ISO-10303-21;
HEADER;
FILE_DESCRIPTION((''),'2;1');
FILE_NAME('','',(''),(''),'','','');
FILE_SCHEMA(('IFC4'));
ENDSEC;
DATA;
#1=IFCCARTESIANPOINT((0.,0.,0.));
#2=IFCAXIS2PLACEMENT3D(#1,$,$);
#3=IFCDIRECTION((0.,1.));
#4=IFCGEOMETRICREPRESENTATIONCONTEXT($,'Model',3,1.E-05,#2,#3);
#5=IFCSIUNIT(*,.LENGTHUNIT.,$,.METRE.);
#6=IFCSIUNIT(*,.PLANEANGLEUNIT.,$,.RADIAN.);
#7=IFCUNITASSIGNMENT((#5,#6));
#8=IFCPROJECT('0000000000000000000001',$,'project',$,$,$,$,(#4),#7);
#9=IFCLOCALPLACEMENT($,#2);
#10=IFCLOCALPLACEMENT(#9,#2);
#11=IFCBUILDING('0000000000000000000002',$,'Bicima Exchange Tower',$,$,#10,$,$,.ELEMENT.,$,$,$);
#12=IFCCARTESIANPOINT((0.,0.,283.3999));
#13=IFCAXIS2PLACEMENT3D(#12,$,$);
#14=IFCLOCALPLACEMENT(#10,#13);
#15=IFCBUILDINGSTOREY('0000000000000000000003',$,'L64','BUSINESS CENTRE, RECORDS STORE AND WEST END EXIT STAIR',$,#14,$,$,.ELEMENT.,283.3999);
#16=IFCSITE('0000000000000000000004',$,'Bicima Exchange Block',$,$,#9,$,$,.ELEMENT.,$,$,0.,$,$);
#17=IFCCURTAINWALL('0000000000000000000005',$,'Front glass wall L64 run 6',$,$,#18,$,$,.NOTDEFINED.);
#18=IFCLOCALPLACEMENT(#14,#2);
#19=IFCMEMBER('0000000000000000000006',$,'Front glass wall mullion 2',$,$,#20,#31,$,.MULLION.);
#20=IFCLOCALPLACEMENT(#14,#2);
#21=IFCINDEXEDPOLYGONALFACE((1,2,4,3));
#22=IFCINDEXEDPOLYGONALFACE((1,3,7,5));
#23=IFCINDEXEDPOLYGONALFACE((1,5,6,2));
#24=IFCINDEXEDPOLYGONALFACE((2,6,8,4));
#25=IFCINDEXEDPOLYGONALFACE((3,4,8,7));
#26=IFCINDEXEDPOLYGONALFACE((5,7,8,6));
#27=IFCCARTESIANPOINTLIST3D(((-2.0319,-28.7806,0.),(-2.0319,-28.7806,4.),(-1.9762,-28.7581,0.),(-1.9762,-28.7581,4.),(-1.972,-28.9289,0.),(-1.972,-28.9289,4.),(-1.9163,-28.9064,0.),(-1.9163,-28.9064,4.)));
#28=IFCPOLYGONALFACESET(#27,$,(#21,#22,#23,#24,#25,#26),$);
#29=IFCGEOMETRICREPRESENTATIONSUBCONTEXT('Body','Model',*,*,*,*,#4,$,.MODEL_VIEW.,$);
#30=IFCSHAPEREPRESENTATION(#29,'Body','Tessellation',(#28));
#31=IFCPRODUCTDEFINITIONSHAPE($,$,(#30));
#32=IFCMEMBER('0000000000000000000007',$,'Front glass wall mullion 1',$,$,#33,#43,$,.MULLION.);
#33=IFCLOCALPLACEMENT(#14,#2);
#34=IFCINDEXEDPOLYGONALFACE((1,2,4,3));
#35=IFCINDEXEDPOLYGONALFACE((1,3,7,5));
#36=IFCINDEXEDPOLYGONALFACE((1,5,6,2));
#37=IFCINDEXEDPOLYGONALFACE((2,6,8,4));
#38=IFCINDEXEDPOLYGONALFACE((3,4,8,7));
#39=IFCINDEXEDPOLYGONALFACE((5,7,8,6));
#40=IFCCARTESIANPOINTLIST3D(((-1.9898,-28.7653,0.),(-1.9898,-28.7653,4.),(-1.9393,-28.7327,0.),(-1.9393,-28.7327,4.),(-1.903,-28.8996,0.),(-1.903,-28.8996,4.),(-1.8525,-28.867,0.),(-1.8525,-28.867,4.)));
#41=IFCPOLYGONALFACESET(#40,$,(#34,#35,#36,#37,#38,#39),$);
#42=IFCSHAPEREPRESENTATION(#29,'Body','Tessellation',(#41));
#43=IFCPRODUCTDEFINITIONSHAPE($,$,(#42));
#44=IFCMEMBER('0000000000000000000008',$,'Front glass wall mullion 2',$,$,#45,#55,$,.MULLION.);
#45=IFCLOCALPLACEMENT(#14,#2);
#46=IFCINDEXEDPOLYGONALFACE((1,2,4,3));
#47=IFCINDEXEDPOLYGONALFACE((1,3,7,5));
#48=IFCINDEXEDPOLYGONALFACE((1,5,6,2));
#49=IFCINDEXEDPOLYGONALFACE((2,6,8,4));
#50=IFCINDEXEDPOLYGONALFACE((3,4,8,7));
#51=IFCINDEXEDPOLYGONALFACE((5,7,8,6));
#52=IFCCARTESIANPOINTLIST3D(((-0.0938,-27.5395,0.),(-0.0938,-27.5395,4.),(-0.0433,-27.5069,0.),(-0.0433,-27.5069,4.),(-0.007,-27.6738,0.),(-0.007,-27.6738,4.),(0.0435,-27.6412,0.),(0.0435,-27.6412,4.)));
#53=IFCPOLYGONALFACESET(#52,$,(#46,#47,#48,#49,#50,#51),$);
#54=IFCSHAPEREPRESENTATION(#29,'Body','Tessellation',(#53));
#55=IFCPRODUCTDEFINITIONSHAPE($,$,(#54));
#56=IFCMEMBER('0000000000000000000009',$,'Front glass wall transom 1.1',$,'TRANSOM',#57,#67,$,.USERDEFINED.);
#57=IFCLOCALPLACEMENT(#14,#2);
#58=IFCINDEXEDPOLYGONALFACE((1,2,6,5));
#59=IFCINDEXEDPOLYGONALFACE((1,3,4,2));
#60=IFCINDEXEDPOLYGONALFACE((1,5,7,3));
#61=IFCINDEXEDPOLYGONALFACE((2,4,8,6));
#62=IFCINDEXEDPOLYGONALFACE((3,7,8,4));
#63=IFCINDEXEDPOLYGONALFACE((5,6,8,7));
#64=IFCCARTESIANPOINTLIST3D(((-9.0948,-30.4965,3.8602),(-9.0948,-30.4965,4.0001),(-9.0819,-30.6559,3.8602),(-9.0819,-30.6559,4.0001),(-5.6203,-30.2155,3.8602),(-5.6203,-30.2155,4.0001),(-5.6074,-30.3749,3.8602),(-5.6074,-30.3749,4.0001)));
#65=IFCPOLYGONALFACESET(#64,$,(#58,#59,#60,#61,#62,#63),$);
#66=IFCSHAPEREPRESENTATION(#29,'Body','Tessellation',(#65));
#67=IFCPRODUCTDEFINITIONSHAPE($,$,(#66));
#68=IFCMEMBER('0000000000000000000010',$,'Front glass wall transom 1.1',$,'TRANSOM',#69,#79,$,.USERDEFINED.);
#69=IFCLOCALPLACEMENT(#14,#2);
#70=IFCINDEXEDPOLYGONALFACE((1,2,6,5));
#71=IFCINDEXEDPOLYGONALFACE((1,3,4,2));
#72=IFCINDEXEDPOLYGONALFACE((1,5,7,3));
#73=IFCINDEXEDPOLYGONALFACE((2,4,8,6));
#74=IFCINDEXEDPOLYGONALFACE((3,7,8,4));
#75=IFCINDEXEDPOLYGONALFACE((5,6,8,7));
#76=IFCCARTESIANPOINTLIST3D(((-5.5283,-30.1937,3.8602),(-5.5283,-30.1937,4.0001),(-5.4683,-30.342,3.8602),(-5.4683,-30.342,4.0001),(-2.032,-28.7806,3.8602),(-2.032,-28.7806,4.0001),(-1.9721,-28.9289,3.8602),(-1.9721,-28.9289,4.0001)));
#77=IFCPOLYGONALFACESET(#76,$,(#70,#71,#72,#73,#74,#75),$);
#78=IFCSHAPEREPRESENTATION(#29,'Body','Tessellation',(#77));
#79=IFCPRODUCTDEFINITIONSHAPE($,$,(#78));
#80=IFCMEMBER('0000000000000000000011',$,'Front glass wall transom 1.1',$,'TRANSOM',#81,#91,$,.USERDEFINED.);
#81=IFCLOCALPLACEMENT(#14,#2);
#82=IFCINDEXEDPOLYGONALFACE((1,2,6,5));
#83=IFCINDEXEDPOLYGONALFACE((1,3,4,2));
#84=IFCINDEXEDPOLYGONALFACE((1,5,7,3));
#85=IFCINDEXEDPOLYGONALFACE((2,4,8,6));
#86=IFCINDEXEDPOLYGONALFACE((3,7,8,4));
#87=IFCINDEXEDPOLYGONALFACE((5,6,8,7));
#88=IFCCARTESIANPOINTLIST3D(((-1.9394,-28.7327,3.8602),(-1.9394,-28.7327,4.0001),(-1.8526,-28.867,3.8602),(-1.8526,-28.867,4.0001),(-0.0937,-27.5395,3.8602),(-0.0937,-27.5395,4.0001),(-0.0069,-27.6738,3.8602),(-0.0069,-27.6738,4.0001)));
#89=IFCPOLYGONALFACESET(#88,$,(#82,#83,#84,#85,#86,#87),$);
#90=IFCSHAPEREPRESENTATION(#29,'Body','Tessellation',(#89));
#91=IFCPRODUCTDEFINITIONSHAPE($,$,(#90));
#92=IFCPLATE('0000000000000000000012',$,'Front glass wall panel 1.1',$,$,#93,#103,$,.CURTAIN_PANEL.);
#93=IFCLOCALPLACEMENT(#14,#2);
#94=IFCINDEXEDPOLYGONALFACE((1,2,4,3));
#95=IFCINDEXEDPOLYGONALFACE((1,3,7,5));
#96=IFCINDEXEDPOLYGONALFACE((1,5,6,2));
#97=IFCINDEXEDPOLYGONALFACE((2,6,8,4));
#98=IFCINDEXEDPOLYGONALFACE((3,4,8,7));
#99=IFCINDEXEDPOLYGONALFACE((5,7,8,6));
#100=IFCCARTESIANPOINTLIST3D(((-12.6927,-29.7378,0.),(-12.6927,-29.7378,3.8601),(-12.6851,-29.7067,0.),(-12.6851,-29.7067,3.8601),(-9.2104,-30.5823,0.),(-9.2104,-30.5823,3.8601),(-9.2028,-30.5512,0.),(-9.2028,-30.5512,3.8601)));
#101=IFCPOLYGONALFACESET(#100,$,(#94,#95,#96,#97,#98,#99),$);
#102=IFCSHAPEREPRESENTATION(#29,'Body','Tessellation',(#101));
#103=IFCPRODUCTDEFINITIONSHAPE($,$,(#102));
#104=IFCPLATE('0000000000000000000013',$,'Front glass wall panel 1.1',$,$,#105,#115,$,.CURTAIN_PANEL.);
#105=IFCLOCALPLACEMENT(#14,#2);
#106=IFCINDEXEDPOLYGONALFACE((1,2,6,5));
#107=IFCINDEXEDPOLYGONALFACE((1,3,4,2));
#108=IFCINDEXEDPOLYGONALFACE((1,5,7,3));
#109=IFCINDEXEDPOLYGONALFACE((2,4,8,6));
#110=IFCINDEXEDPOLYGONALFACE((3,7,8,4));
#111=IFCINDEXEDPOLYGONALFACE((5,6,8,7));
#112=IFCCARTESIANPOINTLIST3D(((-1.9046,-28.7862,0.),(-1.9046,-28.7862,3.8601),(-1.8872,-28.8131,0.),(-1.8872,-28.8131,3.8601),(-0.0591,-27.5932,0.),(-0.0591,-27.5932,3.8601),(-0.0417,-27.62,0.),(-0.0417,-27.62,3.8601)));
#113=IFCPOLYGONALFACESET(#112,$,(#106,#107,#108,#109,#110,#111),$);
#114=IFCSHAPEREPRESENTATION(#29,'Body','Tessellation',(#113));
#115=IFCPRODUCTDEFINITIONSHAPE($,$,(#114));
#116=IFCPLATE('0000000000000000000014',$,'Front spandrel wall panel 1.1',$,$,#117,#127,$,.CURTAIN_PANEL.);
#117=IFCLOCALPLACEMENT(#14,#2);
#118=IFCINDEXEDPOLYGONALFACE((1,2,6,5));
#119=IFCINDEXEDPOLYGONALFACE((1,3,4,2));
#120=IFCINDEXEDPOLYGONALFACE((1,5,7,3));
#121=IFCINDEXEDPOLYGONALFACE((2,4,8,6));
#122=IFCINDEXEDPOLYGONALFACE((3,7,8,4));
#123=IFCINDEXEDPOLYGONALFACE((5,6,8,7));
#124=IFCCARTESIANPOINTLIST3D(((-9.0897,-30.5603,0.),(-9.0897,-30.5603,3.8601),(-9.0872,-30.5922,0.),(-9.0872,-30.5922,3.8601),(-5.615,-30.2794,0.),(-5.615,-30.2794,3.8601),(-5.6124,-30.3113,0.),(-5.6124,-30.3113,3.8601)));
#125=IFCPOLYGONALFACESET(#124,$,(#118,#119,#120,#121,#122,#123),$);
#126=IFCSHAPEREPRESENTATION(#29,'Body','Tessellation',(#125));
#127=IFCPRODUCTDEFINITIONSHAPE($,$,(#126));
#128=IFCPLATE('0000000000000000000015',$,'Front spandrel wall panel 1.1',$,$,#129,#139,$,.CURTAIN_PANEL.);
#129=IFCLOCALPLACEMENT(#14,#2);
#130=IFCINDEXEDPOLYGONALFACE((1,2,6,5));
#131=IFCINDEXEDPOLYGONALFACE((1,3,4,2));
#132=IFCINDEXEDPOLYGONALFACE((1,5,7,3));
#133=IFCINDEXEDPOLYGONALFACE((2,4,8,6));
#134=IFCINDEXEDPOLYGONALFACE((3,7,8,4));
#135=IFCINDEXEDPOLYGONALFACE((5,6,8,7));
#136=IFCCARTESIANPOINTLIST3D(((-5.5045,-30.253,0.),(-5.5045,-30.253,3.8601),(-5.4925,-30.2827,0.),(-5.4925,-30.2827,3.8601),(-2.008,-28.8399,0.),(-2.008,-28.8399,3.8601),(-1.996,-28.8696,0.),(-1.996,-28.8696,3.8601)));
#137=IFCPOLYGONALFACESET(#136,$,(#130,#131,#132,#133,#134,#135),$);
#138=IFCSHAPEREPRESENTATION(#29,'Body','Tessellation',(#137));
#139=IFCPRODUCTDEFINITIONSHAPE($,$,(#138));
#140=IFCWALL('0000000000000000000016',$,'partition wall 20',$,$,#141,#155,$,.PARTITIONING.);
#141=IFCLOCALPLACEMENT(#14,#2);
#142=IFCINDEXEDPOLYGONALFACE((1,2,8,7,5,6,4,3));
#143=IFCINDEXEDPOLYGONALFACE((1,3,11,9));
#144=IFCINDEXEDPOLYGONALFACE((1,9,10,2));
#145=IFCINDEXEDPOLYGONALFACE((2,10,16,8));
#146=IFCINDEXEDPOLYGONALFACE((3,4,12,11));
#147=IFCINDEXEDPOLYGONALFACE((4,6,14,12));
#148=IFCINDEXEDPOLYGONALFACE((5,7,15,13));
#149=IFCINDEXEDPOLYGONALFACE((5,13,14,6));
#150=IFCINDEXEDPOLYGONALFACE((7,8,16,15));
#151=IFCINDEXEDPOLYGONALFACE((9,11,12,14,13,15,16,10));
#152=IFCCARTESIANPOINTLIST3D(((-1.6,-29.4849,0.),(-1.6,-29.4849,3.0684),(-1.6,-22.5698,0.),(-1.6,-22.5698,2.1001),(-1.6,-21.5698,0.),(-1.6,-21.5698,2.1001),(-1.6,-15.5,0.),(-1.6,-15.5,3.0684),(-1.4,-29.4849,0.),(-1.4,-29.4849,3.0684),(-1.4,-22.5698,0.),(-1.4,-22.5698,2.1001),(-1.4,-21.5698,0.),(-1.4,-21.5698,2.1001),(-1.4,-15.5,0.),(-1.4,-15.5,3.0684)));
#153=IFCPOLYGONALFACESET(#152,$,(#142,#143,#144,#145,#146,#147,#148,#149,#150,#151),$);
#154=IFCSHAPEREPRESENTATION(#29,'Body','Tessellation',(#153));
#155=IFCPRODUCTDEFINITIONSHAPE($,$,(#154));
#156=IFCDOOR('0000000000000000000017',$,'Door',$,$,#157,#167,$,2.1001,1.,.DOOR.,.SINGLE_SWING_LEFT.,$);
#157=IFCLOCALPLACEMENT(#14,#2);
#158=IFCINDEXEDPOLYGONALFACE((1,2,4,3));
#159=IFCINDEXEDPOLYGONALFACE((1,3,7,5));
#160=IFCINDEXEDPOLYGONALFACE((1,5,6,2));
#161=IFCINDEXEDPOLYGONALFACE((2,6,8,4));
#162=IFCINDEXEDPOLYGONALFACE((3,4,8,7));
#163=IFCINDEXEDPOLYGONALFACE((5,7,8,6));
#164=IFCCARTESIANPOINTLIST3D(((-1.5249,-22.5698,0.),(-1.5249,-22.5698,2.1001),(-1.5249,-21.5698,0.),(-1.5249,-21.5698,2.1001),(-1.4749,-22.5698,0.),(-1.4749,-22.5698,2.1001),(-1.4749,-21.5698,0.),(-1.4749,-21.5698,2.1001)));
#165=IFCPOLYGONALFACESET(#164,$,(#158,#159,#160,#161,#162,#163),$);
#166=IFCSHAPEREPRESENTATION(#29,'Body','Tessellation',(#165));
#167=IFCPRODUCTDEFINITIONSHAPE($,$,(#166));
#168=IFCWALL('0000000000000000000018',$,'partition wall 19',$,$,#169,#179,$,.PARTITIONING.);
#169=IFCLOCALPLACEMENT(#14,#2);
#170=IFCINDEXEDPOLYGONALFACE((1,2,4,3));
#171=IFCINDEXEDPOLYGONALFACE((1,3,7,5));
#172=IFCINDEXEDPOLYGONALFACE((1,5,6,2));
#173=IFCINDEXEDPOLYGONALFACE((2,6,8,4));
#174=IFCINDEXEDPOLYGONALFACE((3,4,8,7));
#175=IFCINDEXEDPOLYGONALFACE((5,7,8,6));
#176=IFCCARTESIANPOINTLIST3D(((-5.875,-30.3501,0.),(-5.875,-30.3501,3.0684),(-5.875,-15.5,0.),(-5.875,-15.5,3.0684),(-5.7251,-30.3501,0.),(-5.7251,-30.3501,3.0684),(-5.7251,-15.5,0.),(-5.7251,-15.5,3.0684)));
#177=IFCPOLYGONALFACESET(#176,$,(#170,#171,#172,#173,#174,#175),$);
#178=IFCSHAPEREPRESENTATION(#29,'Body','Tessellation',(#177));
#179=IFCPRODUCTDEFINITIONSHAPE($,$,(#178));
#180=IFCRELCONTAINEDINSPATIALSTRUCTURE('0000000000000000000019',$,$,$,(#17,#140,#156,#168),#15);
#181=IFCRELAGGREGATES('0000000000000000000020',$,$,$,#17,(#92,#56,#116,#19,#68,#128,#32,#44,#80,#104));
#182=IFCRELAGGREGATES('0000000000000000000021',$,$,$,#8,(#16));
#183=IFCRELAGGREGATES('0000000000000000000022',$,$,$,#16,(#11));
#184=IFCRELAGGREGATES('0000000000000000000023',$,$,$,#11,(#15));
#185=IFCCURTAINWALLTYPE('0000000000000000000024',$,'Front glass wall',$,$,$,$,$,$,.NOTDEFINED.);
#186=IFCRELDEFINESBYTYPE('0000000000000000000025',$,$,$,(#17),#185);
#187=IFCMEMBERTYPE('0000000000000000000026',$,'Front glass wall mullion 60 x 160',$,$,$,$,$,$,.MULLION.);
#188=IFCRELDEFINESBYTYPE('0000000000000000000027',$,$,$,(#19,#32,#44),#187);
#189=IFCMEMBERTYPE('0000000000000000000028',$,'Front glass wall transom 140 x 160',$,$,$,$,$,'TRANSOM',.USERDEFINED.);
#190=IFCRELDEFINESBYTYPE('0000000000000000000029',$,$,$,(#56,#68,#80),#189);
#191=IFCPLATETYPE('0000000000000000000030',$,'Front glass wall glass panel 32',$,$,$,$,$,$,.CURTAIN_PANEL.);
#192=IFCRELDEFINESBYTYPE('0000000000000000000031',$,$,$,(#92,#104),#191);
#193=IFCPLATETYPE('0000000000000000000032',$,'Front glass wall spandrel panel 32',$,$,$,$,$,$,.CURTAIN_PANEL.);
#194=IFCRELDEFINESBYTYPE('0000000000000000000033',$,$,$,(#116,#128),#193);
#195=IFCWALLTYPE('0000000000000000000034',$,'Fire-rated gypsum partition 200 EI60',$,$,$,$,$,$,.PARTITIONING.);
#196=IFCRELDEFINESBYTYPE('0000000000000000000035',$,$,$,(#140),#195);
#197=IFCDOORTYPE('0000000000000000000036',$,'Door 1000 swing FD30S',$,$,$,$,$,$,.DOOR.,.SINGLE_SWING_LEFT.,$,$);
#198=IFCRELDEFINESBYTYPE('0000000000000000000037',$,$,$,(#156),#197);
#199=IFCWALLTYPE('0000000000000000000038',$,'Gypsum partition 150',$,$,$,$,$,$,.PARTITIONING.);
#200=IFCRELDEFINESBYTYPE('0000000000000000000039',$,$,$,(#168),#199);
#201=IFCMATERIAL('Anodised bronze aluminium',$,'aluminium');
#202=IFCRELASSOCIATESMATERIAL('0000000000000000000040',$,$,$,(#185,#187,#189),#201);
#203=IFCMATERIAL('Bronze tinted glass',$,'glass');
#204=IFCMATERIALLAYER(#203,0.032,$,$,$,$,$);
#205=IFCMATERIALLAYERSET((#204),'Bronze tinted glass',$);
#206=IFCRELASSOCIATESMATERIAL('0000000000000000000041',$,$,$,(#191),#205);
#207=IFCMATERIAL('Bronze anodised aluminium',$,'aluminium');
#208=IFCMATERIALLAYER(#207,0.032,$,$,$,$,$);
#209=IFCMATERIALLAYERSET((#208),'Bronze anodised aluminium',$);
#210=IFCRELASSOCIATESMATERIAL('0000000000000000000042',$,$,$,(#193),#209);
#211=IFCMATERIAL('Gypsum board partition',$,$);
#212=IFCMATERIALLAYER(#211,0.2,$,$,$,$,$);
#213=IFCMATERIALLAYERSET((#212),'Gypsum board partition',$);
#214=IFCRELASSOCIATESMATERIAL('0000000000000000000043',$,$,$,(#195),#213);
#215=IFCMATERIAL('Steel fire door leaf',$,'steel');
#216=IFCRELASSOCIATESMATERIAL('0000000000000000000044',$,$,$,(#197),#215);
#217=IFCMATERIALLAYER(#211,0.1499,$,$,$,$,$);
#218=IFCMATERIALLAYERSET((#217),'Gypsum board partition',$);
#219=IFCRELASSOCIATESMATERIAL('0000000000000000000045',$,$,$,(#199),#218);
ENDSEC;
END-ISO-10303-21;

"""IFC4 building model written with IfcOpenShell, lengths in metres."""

from ifc_helpers import new_model, si_unit, direction, frame, frame_2d, origin, origin_2d, place, context, subcontext, project, spatial, rectangle, extrude, material, layer, layer_set, material_profile, profile_set, type_object, element, fill, aggregate, save


model = new_model("IFC4")

# Units and contexts
model_context = context("Model", 3, precision=1e-05, world=origin(), true_north=direction((0.0, 1.0)))
body_context = subcontext(model_context, "Body", "Model", "MODEL_VIEW")
ifc_project = project(units=[si_unit("LENGTHUNIT", "METRE"), si_unit("PLANEANGLEUNIT", "RADIAN")], contexts=[model_context])

# Site, building, storey
site_placement = place(None, origin())
site = spatial("IfcSite", under=ifc_project, at=site_placement, Name="Bicima Exchange Block", CompositionType="ELEMENT", RefElevation=0.0)
building_placement = place(site_placement, origin())
building = spatial("IfcBuilding", under=site, at=building_placement, Name="Bicima Exchange Tower", CompositionType="ELEMENT")
storey_placement = place(building_placement, frame((0.0, 0.0, 283.3999)))
storey = spatial("IfcBuildingStorey", under=building, at=storey_placement, Name="L64", Description="BUSINESS CENTRE, RECORDS STORE AND WEST END EXIT STAIR", CompositionType="ELEMENT", Elevation=283.3999)

# Curtain wall, members, plates
ifc_material_1 = material(Name="Anodised bronze aluminium", Category="aluminium")
curtain_wall_type = type_object("IfcCurtainWallType", Name="Front glass wall", PredefinedType="NOTDEFINED", material=ifc_material_1)
curtain_wall_placement = place(storey_placement, origin())
curtain_wall = element("IfcCurtainWall", 1, at=curtain_wall_placement, inside=storey, type_object=curtain_wall_type, Name="Front glass wall L64 run 6", PredefinedType="NOTDEFINED")
ifc_material_profile_1 = material_profile(ifc_material_1, rectangle(XDim=0.1599, YDim=0.0601, at=origin_2d()))
ifc_profile_set_1 = profile_set([ifc_material_profile_1], Name="Anodised bronze aluminium")
member_type_1 = type_object("IfcMemberType", Name="Front glass wall mullion 60 x 160", PredefinedType="MULLION", material=ifc_profile_set_1)
member_1_placement = place(storey_placement, frame((-1.9741, -28.8435, 0.0), z_axis=(0.0, 0.0, 1.0), x_axis=(-0.374705, 0.927144, 0.0)))
member_1 = element("IfcMember", 2, at=member_1_placement, type_object=member_type_1, Name="Front glass wall mullion 2", PredefinedType="MULLION", context=body_context, shape_type="SweptSolid", body=[
    extrude(rectangle(XDim=0.1599, YDim=0.0601, at=origin_2d()), origin(), (0.0, 0.0, 1.0), 4.0),
])
member_2_placement = place(storey_placement, frame((-1.9211, -28.8162, 0.0), z_axis=(0.0, 0.0, 1.0), x_axis=(-0.542897, 0.839799, 0.0)))
member_2 = element("IfcMember", 3, at=member_2_placement, type_object=member_type_1, Name="Front glass wall mullion 1", PredefinedType="MULLION", context=body_context, shape_type="SweptSolid", body=[
    extrude(rectangle(XDim=0.1599, YDim=0.0601, at=origin_2d()), origin(), (0.0, 0.0, 1.0), 4.0),
])
member_3_placement = place(storey_placement, frame((-0.0251, -27.5903, 0.0), z_axis=(0.0, 0.0, 1.0), x_axis=(-0.542897, 0.839799, 0.0)))
member_3 = element("IfcMember", 4, at=member_3_placement, type_object=member_type_1, Name="Front glass wall mullion 2", PredefinedType="MULLION", context=body_context, shape_type="SweptSolid", body=[
    extrude(rectangle(XDim=0.1599, YDim=0.0601, at=origin_2d()), origin(), (0.0, 0.0, 1.0), 4.0),
])
ifc_material_profile_2 = material_profile(ifc_material_1, rectangle(XDim=0.1599, YDim=0.1399, at=origin_2d()))
ifc_profile_set_2 = profile_set([ifc_material_profile_2], Name="Anodised bronze aluminium")
member_type_2 = type_object("IfcMemberType", Name="Front glass wall transom 140 x 160", ElementType="TRANSOM", PredefinedType="USERDEFINED", material=ifc_profile_set_2)
member_4_placement = place(storey_placement, frame((-9.0884, -30.5762, 3.9302), z_axis=(0.996746, 0.080611, 0.0), x_axis=(-0.080611, 0.996746, 0.0)))
member_4 = element("IfcMember", 5, at=member_4_placement, type_object=member_type_2, Name="Front glass wall transom 1.1", ObjectType="TRANSOM", PredefinedType="USERDEFINED", context=body_context, shape_type="SweptSolid", body=[
    extrude(rectangle(XDim=0.1599, YDim=0.1399, at=origin_2d()), origin(), (0.0, 0.0, 1.0), 3.4858),
])
member_5_placement = place(storey_placement, frame((-5.4983, -30.2678, 3.9302), z_axis=(0.92714, 0.374715, 0.0), x_axis=(-0.374715, 0.92714, 0.0)))
member_5 = element("IfcMember", 6, at=member_5_placement, type_object=member_type_2, Name="Front glass wall transom 1.1", ObjectType="TRANSOM", PredefinedType="USERDEFINED", context=body_context, shape_type="SweptSolid", body=[
    extrude(rectangle(XDim=0.1599, YDim=0.1399, at=origin_2d()), origin(), (0.0, 0.0, 1.0), 3.771),
])
member_6_placement = place(storey_placement, frame((-1.896, -28.7998, 3.9302), z_axis=(0.839811, 0.542878, 0.0), x_axis=(-0.542878, 0.839811, 0.0)))
member_6 = element("IfcMember", 7, at=member_6_placement, type_object=member_type_2, Name="Front glass wall transom 1.1", ObjectType="TRANSOM", PredefinedType="USERDEFINED", context=body_context, shape_type="SweptSolid", body=[
    extrude(rectangle(XDim=0.1599, YDim=0.1399, at=origin_2d()), origin(), (0.0, 0.0, 1.0), 2.1978),
])
ifc_material_2 = material(Name="Bronze tinted glass", Category="glass")
ifc_layer_1 = layer(ifc_material_2, 0.032)
ifc_layer_set_1 = layer_set([ifc_layer_1], Name="Bronze tinted glass")
plate_type_1 = type_object("IfcPlateType", Name="Front glass wall glass panel 32", PredefinedType="CURTAIN_PANEL", material=ifc_layer_set_1)
plate_1_placement = place(storey_placement, frame((-10.9478, -30.1445, 0.0), z_axis=(0.0, 0.0, 1.0), x_axis=(0.97183, -0.235682, 0.0)))
plate_1 = element("IfcPlate", 8, at=plate_1_placement, type_object=plate_type_1, Name="Front glass wall panel 1.1", PredefinedType="CURTAIN_PANEL", context=body_context, shape_type="SweptSolid", body=[
    extrude(rectangle(XDim=3.5833, YDim=0.032, at=origin_2d()), origin(), (0.0, 0.0, 1.0), 3.8601),
])
plate_2_placement = place(storey_placement, frame((-0.9731, -28.2031, 0.0), z_axis=(0.0, 0.0, 1.0), x_axis=(0.839799, 0.542897, 0.0)))
plate_2 = element("IfcPlate", 9, at=plate_2_placement, type_object=plate_type_1, Name="Front glass wall panel 1.1", PredefinedType="CURTAIN_PANEL", context=body_context, shape_type="SweptSolid", body=[
    extrude(rectangle(XDim=2.1975, YDim=0.032, at=origin_2d()), origin(), (0.0, 0.0, 1.0), 3.8601),
])
ifc_material_3 = material(Name="Bronze anodised aluminium", Category="aluminium")
ifc_layer_2 = layer(ifc_material_3, 0.032)
ifc_layer_set_2 = layer_set([ifc_layer_2], Name="Bronze anodised aluminium")
plate_type_2 = type_object("IfcPlateType", Name="Front glass wall spandrel panel 32", PredefinedType="CURTAIN_PANEL", material=ifc_layer_set_2)
plate_3_placement = place(storey_placement, frame((-7.3511, -30.4358, 0.0), z_axis=(0.0, 0.0, 1.0), x_axis=(0.996747, 0.080589, 0.0)))
plate_3 = element("IfcPlate", 10, at=plate_3_placement, type_object=plate_type_2, Name="Front spandrel wall panel 1.1", PredefinedType="CURTAIN_PANEL", context=body_context, shape_type="SweptSolid", body=[
    extrude(rectangle(XDim=3.4861, YDim=0.032, at=origin_2d()), origin(), (0.0, 0.0, 1.0), 3.8601),
])
plate_4_placement = place(storey_placement, frame((-3.7502, -29.5613, 0.0), z_axis=(0.0, 0.0, 1.0), x_axis=(0.927144, 0.374705, 0.0)))
plate_4 = element("IfcPlate", 11, at=plate_4_placement, type_object=plate_type_2, Name="Front spandrel wall panel 1.1", PredefinedType="CURTAIN_PANEL", context=body_context, shape_type="SweptSolid", body=[
    extrude(rectangle(XDim=3.7712, YDim=0.032, at=origin_2d()), origin(), (0.0, 0.0, 1.0), 3.8601),
])
aggregate(curtain_wall, [plate_1, member_4, plate_3, member_1, member_5, plate_4, member_2, member_3, member_6, plate_2])

# Wall, opening, door
ifc_material_4 = material(Name="Gypsum board partition")
ifc_layer_3 = layer(ifc_material_4, 0.2)
ifc_layer_set_3 = layer_set([ifc_layer_3], Name="Gypsum board partition")
wall_type_1 = type_object("IfcWallType", Name="Fire-rated gypsum partition 200 EI60", PredefinedType="PARTITIONING", material=ifc_layer_set_3)
wall_1_placement = place(storey_placement, frame((-1.5, -29.4849, 0.0), z_axis=(0.0, 0.0, 1.0), x_axis=(0.0, 1.0, 0.0)))
wall_1 = element("IfcWall", 12, at=wall_1_placement, inside=storey, type_object=wall_type_1, Name="partition wall 20", PredefinedType="PARTITIONING", context=body_context, shape_type="SweptSolid", body=[
    extrude(rectangle(XDim=13.9849, YDim=0.2, at=frame_2d((6.9924, 0.0))), origin(), (0.0, 0.0, 1.0), 3.0684),
])
opening_placement = place(wall_1_placement, frame((6.915, 0.0, 0.0)))
opening = element("IfcOpeningElement", 13, at=opening_placement, cuts=wall_1, PredefinedType="OPENING", context=body_context, shape_type="SweptSolid", body=[
    extrude(rectangle(XDim=1.0, YDim=2.1001, at=frame_2d((0.5, 1.05))), frame((0.0, 0.1118, 0.0), z_axis=(0.0, -1.0, 0.0), x_axis=(1.0, 0.0, 0.0)), (0.0, 0.0, 1.0), 0.2239),
])
ifc_material_5 = material(Name="Steel fire door leaf", Category="steel")
door_type = type_object("IfcDoorType", Name="Door 1000 swing FD30S", OperationType="SINGLE_SWING_LEFT", PredefinedType="DOOR", material=ifc_material_5)
door_placement = place(opening_placement, origin())
door = element("IfcDoor", 14, at=door_placement, inside=storey, type_object=door_type, Name="Door", OperationType="SINGLE_SWING_LEFT", OverallHeight=2.1001, OverallWidth=1.0, PredefinedType="DOOR", context=body_context, shape_type="SweptSolid", body=[
    extrude(rectangle(XDim=1.0, YDim=2.1001, at=frame_2d((0.5, 1.05))), frame((0.0, 0.0249, 0.0), z_axis=(0.0, -1.0, 0.0), x_axis=(1.0, 0.0, 0.0)), (0.0, 0.0, 1.0), 0.05),
])
fill(opening, door)

# Wall
ifc_layer_4 = layer(ifc_material_4, 0.1499)
ifc_layer_set_4 = layer_set([ifc_layer_4], Name="Gypsum board partition")
wall_type_2 = type_object("IfcWallType", Name="Gypsum partition 150", PredefinedType="PARTITIONING", material=ifc_layer_set_4)
wall_2_placement = place(storey_placement, frame((-5.8, -30.3501, 0.0), z_axis=(0.0, 0.0, 1.0), x_axis=(0.0, 1.0, 0.0)))
element("IfcWall", 15, at=wall_2_placement, inside=storey, type_object=wall_type_2, Name="partition wall 19", PredefinedType="PARTITIONING", context=body_context, shape_type="SweptSolid", body=[
    extrude(rectangle(XDim=14.8501, YDim=0.1499, at=frame_2d((7.425, 0.0))), origin(), (0.0, 0.0, 1.0), 3.0684),
])

save(model, "model.ifc")
